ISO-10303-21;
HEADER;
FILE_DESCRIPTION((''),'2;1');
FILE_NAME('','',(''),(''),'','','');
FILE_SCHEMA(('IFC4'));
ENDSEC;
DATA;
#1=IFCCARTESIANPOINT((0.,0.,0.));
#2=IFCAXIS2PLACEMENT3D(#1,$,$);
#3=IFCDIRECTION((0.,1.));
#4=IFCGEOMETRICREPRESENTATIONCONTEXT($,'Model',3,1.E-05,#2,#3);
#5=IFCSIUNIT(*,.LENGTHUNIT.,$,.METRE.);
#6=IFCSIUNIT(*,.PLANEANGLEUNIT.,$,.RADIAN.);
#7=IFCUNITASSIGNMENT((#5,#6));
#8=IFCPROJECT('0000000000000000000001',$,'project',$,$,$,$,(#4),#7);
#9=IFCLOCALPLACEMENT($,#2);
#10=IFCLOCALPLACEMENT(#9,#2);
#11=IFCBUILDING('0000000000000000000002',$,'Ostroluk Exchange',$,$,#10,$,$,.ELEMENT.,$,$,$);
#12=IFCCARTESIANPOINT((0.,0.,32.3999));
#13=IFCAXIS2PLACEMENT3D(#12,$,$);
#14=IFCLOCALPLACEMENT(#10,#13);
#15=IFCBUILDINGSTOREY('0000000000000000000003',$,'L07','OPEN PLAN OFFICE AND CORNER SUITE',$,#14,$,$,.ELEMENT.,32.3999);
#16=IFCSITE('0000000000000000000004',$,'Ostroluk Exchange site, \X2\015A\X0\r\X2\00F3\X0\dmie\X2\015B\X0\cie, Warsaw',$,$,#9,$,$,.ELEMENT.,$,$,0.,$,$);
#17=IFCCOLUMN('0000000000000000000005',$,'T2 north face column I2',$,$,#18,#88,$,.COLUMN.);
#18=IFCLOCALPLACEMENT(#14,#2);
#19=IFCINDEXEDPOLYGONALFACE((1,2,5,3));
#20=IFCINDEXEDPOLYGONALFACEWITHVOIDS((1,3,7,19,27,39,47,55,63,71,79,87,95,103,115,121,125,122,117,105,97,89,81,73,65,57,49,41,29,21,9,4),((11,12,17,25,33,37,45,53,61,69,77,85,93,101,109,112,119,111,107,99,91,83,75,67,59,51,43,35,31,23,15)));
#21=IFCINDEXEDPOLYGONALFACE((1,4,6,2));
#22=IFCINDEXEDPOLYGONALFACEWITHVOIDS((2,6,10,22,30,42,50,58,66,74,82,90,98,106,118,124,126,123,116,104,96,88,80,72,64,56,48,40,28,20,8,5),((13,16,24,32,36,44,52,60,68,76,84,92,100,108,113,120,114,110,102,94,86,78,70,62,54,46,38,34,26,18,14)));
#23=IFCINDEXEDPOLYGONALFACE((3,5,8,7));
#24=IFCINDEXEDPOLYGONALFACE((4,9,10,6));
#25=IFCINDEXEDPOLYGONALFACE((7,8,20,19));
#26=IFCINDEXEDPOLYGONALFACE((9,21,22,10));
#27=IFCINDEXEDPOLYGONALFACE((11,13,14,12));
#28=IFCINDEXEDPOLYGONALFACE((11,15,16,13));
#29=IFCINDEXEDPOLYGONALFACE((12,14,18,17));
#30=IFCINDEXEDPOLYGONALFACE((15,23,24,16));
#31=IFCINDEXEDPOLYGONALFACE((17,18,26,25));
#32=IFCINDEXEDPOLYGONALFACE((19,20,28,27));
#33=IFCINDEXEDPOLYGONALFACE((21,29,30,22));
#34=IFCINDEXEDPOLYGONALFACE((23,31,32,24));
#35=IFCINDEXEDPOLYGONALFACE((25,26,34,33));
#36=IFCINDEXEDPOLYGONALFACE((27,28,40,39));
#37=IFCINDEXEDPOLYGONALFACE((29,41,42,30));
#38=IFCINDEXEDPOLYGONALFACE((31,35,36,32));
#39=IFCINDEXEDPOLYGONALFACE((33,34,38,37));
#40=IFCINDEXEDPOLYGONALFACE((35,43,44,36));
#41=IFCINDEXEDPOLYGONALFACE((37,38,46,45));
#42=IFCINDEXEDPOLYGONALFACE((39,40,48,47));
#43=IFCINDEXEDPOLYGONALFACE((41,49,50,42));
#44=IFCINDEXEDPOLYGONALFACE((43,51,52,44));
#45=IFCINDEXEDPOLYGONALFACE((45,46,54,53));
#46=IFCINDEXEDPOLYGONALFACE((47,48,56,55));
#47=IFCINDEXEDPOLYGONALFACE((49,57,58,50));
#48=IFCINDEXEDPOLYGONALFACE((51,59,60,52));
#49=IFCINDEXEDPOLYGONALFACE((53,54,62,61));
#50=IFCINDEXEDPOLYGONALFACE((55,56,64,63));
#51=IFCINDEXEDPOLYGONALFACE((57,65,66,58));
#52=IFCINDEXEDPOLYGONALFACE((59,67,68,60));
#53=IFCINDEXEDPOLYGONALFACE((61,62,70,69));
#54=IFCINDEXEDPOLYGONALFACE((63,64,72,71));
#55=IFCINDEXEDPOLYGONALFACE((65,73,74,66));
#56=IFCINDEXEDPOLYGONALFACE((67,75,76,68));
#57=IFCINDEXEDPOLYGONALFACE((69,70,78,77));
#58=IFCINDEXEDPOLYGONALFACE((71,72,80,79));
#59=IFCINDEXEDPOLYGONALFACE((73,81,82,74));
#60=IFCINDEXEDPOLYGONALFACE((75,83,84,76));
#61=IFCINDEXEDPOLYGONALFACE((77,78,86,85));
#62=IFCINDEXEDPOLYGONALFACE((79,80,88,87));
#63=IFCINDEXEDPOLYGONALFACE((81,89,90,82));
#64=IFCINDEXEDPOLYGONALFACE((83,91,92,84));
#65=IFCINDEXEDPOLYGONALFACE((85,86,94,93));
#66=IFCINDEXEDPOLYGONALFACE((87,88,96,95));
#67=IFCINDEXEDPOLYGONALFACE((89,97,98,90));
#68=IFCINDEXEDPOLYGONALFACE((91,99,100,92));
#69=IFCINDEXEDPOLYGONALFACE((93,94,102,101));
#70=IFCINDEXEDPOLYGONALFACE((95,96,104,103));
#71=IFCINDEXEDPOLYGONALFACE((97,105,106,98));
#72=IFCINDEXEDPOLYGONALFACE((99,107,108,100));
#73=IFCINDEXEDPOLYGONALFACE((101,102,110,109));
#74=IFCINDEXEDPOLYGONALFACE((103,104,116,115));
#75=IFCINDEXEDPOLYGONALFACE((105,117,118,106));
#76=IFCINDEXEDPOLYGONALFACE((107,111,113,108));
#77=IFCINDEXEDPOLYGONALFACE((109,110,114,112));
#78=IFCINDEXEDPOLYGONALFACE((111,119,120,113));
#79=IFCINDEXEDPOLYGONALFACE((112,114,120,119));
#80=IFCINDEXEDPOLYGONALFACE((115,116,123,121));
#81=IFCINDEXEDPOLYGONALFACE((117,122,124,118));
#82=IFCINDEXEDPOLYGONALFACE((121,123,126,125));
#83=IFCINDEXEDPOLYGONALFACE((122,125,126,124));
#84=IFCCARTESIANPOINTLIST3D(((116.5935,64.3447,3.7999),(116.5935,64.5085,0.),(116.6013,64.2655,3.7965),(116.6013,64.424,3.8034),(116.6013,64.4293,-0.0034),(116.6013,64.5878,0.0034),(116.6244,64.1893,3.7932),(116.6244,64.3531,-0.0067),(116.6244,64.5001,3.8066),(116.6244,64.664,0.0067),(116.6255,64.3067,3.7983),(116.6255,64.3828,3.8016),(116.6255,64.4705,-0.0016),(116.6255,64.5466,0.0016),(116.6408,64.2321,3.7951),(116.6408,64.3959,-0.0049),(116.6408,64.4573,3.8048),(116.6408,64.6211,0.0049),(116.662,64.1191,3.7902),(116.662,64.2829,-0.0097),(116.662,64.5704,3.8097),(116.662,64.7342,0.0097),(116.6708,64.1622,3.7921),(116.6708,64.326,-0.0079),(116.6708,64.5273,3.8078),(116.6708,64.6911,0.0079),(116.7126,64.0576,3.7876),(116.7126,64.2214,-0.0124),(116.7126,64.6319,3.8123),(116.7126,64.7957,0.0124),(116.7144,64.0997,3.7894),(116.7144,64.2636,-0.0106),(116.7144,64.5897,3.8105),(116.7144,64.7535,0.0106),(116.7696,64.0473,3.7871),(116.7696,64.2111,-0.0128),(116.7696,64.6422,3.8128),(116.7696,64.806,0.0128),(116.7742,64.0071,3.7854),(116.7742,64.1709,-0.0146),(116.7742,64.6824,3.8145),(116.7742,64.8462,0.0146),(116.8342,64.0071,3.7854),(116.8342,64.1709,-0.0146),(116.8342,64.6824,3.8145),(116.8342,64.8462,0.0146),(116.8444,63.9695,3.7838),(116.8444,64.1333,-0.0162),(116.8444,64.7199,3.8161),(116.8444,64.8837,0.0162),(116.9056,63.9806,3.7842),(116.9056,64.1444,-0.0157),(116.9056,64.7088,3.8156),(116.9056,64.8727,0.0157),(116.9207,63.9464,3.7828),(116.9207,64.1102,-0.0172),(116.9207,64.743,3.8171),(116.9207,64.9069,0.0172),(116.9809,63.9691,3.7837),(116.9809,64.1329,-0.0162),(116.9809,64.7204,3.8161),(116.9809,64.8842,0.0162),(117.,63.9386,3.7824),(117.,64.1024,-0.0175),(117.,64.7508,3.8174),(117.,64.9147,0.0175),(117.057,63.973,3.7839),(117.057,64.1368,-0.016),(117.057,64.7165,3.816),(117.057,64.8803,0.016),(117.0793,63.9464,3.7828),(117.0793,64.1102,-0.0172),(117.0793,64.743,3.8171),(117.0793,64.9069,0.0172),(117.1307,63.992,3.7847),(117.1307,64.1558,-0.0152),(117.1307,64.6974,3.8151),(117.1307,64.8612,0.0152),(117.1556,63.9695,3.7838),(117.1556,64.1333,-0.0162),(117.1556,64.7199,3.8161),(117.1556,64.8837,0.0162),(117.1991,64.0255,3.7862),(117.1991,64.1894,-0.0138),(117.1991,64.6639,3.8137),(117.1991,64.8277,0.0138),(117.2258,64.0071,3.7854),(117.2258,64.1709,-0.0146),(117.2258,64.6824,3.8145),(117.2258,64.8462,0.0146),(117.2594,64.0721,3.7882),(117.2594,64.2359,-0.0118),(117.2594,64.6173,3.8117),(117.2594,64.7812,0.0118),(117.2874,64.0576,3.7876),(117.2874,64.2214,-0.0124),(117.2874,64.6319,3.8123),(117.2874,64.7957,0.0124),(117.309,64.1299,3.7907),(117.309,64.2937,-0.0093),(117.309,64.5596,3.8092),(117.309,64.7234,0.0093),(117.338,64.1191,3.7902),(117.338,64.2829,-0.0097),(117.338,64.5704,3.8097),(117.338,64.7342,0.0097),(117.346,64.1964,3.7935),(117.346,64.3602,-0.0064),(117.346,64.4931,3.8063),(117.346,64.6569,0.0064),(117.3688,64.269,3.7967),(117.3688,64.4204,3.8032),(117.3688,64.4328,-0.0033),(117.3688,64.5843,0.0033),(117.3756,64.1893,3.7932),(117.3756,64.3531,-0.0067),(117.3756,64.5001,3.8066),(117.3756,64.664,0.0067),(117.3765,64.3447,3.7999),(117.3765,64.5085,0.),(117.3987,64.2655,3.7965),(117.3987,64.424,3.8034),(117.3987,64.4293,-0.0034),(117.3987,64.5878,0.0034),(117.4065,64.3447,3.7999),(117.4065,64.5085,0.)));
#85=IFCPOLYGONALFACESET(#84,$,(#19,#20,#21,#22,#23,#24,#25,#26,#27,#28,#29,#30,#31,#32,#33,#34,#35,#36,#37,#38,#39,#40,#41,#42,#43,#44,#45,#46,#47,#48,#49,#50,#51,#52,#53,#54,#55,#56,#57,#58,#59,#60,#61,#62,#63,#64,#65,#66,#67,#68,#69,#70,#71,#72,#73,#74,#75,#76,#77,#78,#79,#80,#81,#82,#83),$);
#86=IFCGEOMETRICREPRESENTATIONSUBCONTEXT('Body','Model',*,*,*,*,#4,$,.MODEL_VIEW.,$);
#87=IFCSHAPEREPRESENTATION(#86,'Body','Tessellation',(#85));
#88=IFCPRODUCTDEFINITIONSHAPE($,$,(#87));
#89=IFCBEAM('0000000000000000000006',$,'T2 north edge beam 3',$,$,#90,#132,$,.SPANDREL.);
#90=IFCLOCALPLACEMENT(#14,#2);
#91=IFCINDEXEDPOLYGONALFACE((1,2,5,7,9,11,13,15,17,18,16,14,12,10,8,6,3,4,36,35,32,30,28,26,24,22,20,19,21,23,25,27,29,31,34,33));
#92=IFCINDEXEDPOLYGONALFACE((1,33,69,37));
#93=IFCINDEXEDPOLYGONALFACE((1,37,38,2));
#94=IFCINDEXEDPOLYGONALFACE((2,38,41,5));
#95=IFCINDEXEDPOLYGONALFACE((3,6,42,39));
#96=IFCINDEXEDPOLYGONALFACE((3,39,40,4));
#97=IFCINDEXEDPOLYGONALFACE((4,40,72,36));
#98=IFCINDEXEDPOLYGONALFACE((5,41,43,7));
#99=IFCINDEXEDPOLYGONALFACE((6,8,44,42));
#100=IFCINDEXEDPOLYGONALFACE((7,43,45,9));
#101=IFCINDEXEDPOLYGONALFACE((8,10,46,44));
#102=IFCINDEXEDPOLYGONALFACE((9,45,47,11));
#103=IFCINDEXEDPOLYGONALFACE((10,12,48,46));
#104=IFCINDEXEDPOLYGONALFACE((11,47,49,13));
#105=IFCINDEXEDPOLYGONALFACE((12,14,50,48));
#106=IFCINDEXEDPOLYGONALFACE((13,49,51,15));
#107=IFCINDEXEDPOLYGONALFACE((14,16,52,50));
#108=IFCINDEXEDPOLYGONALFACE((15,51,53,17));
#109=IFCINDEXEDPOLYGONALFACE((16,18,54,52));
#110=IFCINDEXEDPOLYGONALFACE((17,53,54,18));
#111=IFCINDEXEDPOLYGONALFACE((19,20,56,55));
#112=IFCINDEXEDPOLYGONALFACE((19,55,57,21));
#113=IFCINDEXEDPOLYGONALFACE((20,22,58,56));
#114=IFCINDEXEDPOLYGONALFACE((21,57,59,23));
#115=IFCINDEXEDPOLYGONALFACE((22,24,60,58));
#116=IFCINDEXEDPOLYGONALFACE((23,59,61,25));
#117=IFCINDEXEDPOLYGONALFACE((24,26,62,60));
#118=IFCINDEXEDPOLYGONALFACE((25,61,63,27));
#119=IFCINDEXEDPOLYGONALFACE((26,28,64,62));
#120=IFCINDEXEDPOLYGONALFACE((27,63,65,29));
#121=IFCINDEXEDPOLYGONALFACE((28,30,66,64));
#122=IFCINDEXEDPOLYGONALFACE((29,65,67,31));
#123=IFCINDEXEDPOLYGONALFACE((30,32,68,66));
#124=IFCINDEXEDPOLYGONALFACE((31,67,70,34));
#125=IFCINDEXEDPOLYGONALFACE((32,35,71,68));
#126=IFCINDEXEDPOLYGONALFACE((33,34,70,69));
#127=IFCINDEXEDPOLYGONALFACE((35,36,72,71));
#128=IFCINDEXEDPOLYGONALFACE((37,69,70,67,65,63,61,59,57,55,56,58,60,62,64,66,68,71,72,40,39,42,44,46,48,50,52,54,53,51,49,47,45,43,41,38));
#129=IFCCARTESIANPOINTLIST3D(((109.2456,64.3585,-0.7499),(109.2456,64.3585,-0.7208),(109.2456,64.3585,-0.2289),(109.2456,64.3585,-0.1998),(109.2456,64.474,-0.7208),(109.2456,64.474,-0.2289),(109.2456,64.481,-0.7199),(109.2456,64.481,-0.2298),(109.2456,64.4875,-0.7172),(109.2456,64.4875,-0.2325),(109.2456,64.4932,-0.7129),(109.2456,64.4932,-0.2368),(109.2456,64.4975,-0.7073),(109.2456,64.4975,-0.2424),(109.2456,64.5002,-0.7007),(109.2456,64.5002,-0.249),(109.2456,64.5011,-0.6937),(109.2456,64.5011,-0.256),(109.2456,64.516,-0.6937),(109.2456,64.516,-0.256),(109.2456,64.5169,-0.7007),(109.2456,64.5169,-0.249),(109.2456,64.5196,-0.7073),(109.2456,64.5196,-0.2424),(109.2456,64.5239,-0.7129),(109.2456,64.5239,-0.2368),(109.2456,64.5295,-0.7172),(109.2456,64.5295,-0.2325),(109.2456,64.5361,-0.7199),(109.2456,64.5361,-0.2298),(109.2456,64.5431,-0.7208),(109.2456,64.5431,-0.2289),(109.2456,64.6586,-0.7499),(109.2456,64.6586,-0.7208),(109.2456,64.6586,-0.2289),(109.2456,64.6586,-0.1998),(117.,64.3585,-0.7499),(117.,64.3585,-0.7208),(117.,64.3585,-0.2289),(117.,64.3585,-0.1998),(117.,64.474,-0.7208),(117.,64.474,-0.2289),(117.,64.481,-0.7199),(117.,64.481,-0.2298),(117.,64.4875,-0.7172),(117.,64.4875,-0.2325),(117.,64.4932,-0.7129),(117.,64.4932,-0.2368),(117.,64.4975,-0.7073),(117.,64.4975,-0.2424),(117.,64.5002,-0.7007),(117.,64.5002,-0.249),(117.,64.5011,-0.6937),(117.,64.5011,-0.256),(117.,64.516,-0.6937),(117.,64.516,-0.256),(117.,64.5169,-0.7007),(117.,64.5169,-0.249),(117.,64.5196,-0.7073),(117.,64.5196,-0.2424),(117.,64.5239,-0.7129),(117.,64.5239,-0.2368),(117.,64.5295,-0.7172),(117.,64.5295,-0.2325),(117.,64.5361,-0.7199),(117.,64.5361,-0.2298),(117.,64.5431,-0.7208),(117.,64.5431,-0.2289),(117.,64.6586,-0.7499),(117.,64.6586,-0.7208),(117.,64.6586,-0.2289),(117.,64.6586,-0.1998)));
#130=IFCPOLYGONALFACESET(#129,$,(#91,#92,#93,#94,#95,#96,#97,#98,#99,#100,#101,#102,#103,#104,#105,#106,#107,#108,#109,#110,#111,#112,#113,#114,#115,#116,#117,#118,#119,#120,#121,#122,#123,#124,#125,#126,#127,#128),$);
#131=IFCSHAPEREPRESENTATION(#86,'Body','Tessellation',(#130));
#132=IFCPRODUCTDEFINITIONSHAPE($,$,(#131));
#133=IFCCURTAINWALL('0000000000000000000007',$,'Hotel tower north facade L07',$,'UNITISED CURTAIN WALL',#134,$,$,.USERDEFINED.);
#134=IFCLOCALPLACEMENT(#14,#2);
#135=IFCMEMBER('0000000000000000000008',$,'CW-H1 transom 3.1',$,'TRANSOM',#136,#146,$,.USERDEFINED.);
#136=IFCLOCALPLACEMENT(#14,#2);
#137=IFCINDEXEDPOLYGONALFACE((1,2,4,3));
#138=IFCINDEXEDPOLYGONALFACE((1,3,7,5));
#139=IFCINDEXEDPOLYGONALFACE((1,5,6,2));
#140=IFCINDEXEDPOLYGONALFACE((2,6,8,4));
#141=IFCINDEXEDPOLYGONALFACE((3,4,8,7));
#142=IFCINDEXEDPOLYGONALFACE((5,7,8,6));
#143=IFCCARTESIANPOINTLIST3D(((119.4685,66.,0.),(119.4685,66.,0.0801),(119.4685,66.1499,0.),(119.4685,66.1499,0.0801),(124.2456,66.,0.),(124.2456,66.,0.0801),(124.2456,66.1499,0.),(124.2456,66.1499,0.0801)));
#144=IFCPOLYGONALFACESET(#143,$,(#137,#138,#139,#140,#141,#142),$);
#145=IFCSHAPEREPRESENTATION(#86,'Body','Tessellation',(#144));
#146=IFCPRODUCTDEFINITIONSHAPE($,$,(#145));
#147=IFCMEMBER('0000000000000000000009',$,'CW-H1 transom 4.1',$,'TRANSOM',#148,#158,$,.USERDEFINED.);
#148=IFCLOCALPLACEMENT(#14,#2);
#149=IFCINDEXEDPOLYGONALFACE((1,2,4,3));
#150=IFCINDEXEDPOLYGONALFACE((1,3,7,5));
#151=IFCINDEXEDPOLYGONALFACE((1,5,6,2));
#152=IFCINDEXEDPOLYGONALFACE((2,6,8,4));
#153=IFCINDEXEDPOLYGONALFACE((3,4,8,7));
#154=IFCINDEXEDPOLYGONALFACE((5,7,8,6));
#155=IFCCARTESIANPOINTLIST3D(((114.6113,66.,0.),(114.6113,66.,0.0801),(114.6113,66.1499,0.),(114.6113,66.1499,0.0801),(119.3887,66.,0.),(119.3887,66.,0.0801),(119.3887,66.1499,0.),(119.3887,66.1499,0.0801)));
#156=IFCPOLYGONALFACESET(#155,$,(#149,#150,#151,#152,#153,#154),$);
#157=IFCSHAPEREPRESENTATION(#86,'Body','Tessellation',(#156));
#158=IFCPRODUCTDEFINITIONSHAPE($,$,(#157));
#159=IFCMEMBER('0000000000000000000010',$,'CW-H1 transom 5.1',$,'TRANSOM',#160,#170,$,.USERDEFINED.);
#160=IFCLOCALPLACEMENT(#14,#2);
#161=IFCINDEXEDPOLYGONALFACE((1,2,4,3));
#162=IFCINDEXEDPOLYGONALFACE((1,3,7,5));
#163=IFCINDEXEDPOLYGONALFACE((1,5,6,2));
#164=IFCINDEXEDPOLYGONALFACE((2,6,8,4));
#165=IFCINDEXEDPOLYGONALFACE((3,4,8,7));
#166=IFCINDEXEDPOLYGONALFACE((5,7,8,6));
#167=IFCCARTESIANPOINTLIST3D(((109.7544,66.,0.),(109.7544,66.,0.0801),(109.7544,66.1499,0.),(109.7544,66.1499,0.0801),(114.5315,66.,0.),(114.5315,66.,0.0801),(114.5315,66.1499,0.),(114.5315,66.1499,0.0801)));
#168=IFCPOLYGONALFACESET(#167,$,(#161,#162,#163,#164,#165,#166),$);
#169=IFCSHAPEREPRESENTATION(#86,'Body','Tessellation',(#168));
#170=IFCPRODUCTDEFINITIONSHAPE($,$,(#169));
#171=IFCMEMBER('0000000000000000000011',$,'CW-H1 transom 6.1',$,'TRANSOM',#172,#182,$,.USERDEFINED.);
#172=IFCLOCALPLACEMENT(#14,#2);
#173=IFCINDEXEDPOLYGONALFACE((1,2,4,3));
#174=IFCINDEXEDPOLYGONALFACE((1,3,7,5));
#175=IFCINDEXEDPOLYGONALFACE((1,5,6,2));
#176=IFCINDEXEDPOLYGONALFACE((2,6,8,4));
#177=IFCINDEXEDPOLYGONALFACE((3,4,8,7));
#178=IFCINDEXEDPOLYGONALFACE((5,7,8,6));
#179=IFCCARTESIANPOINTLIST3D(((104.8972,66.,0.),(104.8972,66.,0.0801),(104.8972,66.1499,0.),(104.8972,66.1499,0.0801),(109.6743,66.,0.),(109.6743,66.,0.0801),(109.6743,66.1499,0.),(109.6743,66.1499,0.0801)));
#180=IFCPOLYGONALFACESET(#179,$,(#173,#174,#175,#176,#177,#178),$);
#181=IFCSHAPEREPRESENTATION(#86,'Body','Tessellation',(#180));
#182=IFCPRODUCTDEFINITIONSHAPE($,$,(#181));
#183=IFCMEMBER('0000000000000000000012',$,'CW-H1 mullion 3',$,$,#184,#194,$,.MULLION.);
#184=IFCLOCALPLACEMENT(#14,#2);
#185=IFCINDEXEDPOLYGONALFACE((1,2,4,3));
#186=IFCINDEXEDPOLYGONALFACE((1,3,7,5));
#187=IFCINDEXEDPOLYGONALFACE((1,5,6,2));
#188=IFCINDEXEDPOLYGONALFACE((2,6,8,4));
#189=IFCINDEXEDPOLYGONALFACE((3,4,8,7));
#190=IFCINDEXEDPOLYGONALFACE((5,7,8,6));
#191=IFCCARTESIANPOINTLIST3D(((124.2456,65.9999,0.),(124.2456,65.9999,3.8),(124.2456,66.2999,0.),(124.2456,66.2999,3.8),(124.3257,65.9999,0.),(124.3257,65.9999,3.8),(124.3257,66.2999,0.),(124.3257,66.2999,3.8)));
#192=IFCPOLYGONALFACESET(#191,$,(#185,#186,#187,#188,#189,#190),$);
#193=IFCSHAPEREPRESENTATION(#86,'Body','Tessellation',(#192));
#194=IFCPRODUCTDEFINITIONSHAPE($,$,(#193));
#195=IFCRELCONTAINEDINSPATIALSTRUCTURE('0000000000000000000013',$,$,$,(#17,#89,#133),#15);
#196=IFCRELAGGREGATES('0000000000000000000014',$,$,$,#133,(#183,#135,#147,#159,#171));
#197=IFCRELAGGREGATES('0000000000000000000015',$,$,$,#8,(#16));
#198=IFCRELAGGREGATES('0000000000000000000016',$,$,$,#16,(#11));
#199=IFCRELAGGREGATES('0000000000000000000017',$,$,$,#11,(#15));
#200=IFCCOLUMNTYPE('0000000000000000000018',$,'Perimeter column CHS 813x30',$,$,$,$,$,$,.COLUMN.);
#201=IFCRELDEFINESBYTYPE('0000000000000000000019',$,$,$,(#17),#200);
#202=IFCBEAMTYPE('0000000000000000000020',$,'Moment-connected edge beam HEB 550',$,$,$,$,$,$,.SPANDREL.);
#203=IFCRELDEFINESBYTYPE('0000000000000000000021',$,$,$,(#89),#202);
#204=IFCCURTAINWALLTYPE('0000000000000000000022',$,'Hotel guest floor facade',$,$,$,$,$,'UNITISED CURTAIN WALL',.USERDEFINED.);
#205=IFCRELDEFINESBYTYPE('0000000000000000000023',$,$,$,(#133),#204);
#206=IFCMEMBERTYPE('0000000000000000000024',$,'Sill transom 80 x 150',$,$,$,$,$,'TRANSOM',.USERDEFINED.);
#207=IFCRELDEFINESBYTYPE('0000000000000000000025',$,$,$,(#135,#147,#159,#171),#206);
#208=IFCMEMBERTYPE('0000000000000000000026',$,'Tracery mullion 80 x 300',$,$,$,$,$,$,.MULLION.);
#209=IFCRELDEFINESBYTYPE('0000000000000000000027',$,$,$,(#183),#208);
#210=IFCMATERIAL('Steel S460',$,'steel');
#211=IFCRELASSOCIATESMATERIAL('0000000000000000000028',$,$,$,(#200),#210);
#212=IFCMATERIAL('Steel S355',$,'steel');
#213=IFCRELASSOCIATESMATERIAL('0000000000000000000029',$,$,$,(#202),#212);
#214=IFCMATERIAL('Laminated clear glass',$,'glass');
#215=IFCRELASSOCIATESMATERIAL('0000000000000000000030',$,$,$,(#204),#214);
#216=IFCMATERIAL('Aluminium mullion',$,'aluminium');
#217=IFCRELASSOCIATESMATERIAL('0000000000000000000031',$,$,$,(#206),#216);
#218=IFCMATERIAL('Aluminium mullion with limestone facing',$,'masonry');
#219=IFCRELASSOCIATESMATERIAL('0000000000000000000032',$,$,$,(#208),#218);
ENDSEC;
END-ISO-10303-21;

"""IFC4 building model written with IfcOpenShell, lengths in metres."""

from ifc_helpers import new_model, si_unit, direction, frame, origin, origin_2d, place, context, subcontext, project, spatial, rectangle, hollow_circle, i_section, extrude, material, material_profile, profile_set, type_object, element, aggregate, save


model = new_model("IFC4")

# Units and contexts
model_context = context("Model", 3, precision=1e-05, world=origin(), true_north=direction((0.0, 1.0)))
body_context = subcontext(model_context, "Body", "Model", "MODEL_VIEW")
ifc_project = project(units=[si_unit("LENGTHUNIT", "METRE"), si_unit("PLANEANGLEUNIT", "RADIAN")], contexts=[model_context])

# Site, building, storey
site_placement = place(None, origin())
site = spatial("IfcSite", under=ifc_project, at=site_placement, Name="Ostroluk Exchange site, Śródmieście, Warsaw", CompositionType="ELEMENT", RefElevation=0.0)
building_placement = place(site_placement, origin())
building = spatial("IfcBuilding", under=site, at=building_placement, Name="Ostroluk Exchange", CompositionType="ELEMENT")
storey_placement = place(building_placement, frame((0.0, 0.0, 32.3999)))
storey = spatial("IfcBuildingStorey", under=building, at=storey_placement, Name="L07", Description="OPEN PLAN OFFICE AND CORNER SUITE", CompositionType="ELEMENT", Elevation=32.3999)

# Column
ifc_material_1 = material(Name="Steel S460", Category="steel")
ifc_material_profile_1 = material_profile(ifc_material_1, hollow_circle(Radius=0.4065, WallThickness=0.03, at=origin_2d()), Name="CHS 813x30")
ifc_profile_set_1 = profile_set([ifc_material_profile_1], Name="Steel S460")
column_type = type_object("IfcColumnType", Name="Perimeter column CHS 813x30", PredefinedType="COLUMN", material=ifc_profile_set_1)
column_placement = place(storey_placement, frame((117.0, 64.5085, 0.0), z_axis=(0.0, -0.04307, 0.999072), x_axis=(1.0, 0.0, 0.0)))
element("IfcColumn", 1, at=column_placement, inside=storey, type_object=column_type, Name="T2 north face column I2", PredefinedType="COLUMN", context=body_context, shape_type="SweptSolid", body=[
    extrude(hollow_circle(Radius=0.4065, WallThickness=0.03, at=origin_2d()), origin(), (0.0, 0.0, 1.0), 3.8035),
])

# Beam
ifc_material_2 = material(Name="Steel S355", Category="steel")
ifc_material_profile_2 = material_profile(ifc_material_2, i_section(OverallWidth=0.3, OverallDepth=0.55, WebThickness=0.0149, FlangeThickness=0.0291, FilletRadius=0.0271, at=origin_2d()), Name="HEB 550")
ifc_profile_set_2 = profile_set([ifc_material_profile_2], Name="Steel S355")
beam_type = type_object("IfcBeamType", Name="Moment-connected edge beam HEB 550", PredefinedType="SPANDREL", material=ifc_profile_set_2)
beam_placement = place(storey_placement, frame((117.0, 64.5085, -0.4749), z_axis=(-1.0, 0.0, 0.0), x_axis=(0.0, -1.0, 0.0)))
element("IfcBeam", 2, at=beam_placement, inside=storey, type_object=beam_type, Name="T2 north edge beam 3", PredefinedType="SPANDREL", context=body_context, shape_type="SweptSolid", body=[
    extrude(i_section(OverallWidth=0.3, OverallDepth=0.55, WebThickness=0.0149, FlangeThickness=0.0291, FilletRadius=0.0271, at=origin_2d()), origin(), (0.0, 0.0, 1.0), 7.7544),
])

# Curtain wall, members
ifc_material_3 = material(Name="Laminated clear glass", Category="glass")
curtain_wall_type = type_object("IfcCurtainWallType", Name="Hotel guest floor facade", ElementType="UNITISED CURTAIN WALL", PredefinedType="USERDEFINED", material=ifc_material_3)
curtain_wall_placement = place(storey_placement, origin())
curtain_wall = element("IfcCurtainWall", 3, at=curtain_wall_placement, inside=storey, type_object=curtain_wall_type, Name="Hotel tower north facade L07", ObjectType="UNITISED CURTAIN WALL", PredefinedType="USERDEFINED")
ifc_material_4 = material(Name="Aluminium mullion", Category="aluminium")
ifc_material_profile_3 = material_profile(ifc_material_4, rectangle(XDim=0.1499, YDim=0.0801, at=origin_2d()), Name="Sill transom 80 x 150")
ifc_profile_set_3 = profile_set([ifc_material_profile_3], Name="Aluminium mullion")
member_type_1 = type_object("IfcMemberType", Name="Sill transom 80 x 150", ElementType="TRANSOM", PredefinedType="USERDEFINED", material=ifc_profile_set_3)
member_1_placement = place(storey_placement, frame((124.2456, 66.075, 0.04), z_axis=(-1.0, 0.0, 0.0), x_axis=(0.0, -1.0, 0.0)))
member_1 = element("IfcMember", 4, at=member_1_placement, type_object=member_type_1, Name="CW-H1 transom 3.1", ObjectType="TRANSOM", PredefinedType="USERDEFINED", context=body_context, shape_type="SweptSolid", body=[
    extrude(rectangle(XDim=0.1499, YDim=0.0801, at=origin_2d()), origin(), (0.0, 0.0, 1.0), 4.7771),
])
member_2_placement = place(storey_placement, frame((119.3887, 66.075, 0.04), z_axis=(-1.0, 0.0, 0.0), x_axis=(0.0, -1.0, 0.0)))
member_2 = element("IfcMember", 5, at=member_2_placement, type_object=member_type_1, Name="CW-H1 transom 4.1", ObjectType="TRANSOM", PredefinedType="USERDEFINED", context=body_context, shape_type="SweptSolid", body=[
    extrude(rectangle(XDim=0.1499, YDim=0.0801, at=origin_2d()), origin(), (0.0, 0.0, 1.0), 4.7773),
])
member_3_placement = place(storey_placement, frame((114.5315, 66.075, 0.04), z_axis=(-1.0, 0.0, 0.0), x_axis=(0.0, -1.0, 0.0)))
member_3 = element("IfcMember", 6, at=member_3_placement, type_object=member_type_1, Name="CW-H1 transom 5.1", ObjectType="TRANSOM", PredefinedType="USERDEFINED", context=body_context, shape_type="SweptSolid", body=[
    extrude(rectangle(XDim=0.1499, YDim=0.0801, at=origin_2d()), origin(), (0.0, 0.0, 1.0), 4.7771),
])
member_4_placement = place(storey_placement, frame((109.6743, 66.075, 0.04), z_axis=(-1.0, 0.0, 0.0), x_axis=(0.0, -1.0, 0.0)))
member_4 = element("IfcMember", 7, at=member_4_placement, type_object=member_type_1, Name="CW-H1 transom 6.1", ObjectType="TRANSOM", PredefinedType="USERDEFINED", context=body_context, shape_type="SweptSolid", body=[
    extrude(rectangle(XDim=0.1499, YDim=0.0801, at=origin_2d()), origin(), (0.0, 0.0, 1.0), 4.7771),
])
ifc_material_5 = material(Name="Aluminium mullion with limestone facing", Category="masonry")
ifc_material_profile_4 = material_profile(ifc_material_5, rectangle(XDim=0.3, YDim=0.0801, at=origin_2d()), Name="Tracery mullion 80 x 300")
ifc_profile_set_4 = profile_set([ifc_material_profile_4], Name="Aluminium mullion with limestone facing")
member_type_2 = type_object("IfcMemberType", Name="Tracery mullion 80 x 300", PredefinedType="MULLION", material=ifc_profile_set_4)
member_5_placement = place(storey_placement, frame((124.2856, 66.1499, 0.0), z_axis=(0.0, 0.0, 1.0), x_axis=(0.0, -1.0, 0.0)))
member_5 = element("IfcMember", 8, at=member_5_placement, type_object=member_type_2, Name="CW-H1 mullion 3", PredefinedType="MULLION", context=body_context, shape_type="SweptSolid", body=[
    extrude(rectangle(XDim=0.3, YDim=0.0801, at=origin_2d()), origin(), (0.0, 0.0, 1.0), 3.8),
])
aggregate(curtain_wall, [member_5, member_1, member_2, member_3, member_4])

save(model, "model.ifc")
